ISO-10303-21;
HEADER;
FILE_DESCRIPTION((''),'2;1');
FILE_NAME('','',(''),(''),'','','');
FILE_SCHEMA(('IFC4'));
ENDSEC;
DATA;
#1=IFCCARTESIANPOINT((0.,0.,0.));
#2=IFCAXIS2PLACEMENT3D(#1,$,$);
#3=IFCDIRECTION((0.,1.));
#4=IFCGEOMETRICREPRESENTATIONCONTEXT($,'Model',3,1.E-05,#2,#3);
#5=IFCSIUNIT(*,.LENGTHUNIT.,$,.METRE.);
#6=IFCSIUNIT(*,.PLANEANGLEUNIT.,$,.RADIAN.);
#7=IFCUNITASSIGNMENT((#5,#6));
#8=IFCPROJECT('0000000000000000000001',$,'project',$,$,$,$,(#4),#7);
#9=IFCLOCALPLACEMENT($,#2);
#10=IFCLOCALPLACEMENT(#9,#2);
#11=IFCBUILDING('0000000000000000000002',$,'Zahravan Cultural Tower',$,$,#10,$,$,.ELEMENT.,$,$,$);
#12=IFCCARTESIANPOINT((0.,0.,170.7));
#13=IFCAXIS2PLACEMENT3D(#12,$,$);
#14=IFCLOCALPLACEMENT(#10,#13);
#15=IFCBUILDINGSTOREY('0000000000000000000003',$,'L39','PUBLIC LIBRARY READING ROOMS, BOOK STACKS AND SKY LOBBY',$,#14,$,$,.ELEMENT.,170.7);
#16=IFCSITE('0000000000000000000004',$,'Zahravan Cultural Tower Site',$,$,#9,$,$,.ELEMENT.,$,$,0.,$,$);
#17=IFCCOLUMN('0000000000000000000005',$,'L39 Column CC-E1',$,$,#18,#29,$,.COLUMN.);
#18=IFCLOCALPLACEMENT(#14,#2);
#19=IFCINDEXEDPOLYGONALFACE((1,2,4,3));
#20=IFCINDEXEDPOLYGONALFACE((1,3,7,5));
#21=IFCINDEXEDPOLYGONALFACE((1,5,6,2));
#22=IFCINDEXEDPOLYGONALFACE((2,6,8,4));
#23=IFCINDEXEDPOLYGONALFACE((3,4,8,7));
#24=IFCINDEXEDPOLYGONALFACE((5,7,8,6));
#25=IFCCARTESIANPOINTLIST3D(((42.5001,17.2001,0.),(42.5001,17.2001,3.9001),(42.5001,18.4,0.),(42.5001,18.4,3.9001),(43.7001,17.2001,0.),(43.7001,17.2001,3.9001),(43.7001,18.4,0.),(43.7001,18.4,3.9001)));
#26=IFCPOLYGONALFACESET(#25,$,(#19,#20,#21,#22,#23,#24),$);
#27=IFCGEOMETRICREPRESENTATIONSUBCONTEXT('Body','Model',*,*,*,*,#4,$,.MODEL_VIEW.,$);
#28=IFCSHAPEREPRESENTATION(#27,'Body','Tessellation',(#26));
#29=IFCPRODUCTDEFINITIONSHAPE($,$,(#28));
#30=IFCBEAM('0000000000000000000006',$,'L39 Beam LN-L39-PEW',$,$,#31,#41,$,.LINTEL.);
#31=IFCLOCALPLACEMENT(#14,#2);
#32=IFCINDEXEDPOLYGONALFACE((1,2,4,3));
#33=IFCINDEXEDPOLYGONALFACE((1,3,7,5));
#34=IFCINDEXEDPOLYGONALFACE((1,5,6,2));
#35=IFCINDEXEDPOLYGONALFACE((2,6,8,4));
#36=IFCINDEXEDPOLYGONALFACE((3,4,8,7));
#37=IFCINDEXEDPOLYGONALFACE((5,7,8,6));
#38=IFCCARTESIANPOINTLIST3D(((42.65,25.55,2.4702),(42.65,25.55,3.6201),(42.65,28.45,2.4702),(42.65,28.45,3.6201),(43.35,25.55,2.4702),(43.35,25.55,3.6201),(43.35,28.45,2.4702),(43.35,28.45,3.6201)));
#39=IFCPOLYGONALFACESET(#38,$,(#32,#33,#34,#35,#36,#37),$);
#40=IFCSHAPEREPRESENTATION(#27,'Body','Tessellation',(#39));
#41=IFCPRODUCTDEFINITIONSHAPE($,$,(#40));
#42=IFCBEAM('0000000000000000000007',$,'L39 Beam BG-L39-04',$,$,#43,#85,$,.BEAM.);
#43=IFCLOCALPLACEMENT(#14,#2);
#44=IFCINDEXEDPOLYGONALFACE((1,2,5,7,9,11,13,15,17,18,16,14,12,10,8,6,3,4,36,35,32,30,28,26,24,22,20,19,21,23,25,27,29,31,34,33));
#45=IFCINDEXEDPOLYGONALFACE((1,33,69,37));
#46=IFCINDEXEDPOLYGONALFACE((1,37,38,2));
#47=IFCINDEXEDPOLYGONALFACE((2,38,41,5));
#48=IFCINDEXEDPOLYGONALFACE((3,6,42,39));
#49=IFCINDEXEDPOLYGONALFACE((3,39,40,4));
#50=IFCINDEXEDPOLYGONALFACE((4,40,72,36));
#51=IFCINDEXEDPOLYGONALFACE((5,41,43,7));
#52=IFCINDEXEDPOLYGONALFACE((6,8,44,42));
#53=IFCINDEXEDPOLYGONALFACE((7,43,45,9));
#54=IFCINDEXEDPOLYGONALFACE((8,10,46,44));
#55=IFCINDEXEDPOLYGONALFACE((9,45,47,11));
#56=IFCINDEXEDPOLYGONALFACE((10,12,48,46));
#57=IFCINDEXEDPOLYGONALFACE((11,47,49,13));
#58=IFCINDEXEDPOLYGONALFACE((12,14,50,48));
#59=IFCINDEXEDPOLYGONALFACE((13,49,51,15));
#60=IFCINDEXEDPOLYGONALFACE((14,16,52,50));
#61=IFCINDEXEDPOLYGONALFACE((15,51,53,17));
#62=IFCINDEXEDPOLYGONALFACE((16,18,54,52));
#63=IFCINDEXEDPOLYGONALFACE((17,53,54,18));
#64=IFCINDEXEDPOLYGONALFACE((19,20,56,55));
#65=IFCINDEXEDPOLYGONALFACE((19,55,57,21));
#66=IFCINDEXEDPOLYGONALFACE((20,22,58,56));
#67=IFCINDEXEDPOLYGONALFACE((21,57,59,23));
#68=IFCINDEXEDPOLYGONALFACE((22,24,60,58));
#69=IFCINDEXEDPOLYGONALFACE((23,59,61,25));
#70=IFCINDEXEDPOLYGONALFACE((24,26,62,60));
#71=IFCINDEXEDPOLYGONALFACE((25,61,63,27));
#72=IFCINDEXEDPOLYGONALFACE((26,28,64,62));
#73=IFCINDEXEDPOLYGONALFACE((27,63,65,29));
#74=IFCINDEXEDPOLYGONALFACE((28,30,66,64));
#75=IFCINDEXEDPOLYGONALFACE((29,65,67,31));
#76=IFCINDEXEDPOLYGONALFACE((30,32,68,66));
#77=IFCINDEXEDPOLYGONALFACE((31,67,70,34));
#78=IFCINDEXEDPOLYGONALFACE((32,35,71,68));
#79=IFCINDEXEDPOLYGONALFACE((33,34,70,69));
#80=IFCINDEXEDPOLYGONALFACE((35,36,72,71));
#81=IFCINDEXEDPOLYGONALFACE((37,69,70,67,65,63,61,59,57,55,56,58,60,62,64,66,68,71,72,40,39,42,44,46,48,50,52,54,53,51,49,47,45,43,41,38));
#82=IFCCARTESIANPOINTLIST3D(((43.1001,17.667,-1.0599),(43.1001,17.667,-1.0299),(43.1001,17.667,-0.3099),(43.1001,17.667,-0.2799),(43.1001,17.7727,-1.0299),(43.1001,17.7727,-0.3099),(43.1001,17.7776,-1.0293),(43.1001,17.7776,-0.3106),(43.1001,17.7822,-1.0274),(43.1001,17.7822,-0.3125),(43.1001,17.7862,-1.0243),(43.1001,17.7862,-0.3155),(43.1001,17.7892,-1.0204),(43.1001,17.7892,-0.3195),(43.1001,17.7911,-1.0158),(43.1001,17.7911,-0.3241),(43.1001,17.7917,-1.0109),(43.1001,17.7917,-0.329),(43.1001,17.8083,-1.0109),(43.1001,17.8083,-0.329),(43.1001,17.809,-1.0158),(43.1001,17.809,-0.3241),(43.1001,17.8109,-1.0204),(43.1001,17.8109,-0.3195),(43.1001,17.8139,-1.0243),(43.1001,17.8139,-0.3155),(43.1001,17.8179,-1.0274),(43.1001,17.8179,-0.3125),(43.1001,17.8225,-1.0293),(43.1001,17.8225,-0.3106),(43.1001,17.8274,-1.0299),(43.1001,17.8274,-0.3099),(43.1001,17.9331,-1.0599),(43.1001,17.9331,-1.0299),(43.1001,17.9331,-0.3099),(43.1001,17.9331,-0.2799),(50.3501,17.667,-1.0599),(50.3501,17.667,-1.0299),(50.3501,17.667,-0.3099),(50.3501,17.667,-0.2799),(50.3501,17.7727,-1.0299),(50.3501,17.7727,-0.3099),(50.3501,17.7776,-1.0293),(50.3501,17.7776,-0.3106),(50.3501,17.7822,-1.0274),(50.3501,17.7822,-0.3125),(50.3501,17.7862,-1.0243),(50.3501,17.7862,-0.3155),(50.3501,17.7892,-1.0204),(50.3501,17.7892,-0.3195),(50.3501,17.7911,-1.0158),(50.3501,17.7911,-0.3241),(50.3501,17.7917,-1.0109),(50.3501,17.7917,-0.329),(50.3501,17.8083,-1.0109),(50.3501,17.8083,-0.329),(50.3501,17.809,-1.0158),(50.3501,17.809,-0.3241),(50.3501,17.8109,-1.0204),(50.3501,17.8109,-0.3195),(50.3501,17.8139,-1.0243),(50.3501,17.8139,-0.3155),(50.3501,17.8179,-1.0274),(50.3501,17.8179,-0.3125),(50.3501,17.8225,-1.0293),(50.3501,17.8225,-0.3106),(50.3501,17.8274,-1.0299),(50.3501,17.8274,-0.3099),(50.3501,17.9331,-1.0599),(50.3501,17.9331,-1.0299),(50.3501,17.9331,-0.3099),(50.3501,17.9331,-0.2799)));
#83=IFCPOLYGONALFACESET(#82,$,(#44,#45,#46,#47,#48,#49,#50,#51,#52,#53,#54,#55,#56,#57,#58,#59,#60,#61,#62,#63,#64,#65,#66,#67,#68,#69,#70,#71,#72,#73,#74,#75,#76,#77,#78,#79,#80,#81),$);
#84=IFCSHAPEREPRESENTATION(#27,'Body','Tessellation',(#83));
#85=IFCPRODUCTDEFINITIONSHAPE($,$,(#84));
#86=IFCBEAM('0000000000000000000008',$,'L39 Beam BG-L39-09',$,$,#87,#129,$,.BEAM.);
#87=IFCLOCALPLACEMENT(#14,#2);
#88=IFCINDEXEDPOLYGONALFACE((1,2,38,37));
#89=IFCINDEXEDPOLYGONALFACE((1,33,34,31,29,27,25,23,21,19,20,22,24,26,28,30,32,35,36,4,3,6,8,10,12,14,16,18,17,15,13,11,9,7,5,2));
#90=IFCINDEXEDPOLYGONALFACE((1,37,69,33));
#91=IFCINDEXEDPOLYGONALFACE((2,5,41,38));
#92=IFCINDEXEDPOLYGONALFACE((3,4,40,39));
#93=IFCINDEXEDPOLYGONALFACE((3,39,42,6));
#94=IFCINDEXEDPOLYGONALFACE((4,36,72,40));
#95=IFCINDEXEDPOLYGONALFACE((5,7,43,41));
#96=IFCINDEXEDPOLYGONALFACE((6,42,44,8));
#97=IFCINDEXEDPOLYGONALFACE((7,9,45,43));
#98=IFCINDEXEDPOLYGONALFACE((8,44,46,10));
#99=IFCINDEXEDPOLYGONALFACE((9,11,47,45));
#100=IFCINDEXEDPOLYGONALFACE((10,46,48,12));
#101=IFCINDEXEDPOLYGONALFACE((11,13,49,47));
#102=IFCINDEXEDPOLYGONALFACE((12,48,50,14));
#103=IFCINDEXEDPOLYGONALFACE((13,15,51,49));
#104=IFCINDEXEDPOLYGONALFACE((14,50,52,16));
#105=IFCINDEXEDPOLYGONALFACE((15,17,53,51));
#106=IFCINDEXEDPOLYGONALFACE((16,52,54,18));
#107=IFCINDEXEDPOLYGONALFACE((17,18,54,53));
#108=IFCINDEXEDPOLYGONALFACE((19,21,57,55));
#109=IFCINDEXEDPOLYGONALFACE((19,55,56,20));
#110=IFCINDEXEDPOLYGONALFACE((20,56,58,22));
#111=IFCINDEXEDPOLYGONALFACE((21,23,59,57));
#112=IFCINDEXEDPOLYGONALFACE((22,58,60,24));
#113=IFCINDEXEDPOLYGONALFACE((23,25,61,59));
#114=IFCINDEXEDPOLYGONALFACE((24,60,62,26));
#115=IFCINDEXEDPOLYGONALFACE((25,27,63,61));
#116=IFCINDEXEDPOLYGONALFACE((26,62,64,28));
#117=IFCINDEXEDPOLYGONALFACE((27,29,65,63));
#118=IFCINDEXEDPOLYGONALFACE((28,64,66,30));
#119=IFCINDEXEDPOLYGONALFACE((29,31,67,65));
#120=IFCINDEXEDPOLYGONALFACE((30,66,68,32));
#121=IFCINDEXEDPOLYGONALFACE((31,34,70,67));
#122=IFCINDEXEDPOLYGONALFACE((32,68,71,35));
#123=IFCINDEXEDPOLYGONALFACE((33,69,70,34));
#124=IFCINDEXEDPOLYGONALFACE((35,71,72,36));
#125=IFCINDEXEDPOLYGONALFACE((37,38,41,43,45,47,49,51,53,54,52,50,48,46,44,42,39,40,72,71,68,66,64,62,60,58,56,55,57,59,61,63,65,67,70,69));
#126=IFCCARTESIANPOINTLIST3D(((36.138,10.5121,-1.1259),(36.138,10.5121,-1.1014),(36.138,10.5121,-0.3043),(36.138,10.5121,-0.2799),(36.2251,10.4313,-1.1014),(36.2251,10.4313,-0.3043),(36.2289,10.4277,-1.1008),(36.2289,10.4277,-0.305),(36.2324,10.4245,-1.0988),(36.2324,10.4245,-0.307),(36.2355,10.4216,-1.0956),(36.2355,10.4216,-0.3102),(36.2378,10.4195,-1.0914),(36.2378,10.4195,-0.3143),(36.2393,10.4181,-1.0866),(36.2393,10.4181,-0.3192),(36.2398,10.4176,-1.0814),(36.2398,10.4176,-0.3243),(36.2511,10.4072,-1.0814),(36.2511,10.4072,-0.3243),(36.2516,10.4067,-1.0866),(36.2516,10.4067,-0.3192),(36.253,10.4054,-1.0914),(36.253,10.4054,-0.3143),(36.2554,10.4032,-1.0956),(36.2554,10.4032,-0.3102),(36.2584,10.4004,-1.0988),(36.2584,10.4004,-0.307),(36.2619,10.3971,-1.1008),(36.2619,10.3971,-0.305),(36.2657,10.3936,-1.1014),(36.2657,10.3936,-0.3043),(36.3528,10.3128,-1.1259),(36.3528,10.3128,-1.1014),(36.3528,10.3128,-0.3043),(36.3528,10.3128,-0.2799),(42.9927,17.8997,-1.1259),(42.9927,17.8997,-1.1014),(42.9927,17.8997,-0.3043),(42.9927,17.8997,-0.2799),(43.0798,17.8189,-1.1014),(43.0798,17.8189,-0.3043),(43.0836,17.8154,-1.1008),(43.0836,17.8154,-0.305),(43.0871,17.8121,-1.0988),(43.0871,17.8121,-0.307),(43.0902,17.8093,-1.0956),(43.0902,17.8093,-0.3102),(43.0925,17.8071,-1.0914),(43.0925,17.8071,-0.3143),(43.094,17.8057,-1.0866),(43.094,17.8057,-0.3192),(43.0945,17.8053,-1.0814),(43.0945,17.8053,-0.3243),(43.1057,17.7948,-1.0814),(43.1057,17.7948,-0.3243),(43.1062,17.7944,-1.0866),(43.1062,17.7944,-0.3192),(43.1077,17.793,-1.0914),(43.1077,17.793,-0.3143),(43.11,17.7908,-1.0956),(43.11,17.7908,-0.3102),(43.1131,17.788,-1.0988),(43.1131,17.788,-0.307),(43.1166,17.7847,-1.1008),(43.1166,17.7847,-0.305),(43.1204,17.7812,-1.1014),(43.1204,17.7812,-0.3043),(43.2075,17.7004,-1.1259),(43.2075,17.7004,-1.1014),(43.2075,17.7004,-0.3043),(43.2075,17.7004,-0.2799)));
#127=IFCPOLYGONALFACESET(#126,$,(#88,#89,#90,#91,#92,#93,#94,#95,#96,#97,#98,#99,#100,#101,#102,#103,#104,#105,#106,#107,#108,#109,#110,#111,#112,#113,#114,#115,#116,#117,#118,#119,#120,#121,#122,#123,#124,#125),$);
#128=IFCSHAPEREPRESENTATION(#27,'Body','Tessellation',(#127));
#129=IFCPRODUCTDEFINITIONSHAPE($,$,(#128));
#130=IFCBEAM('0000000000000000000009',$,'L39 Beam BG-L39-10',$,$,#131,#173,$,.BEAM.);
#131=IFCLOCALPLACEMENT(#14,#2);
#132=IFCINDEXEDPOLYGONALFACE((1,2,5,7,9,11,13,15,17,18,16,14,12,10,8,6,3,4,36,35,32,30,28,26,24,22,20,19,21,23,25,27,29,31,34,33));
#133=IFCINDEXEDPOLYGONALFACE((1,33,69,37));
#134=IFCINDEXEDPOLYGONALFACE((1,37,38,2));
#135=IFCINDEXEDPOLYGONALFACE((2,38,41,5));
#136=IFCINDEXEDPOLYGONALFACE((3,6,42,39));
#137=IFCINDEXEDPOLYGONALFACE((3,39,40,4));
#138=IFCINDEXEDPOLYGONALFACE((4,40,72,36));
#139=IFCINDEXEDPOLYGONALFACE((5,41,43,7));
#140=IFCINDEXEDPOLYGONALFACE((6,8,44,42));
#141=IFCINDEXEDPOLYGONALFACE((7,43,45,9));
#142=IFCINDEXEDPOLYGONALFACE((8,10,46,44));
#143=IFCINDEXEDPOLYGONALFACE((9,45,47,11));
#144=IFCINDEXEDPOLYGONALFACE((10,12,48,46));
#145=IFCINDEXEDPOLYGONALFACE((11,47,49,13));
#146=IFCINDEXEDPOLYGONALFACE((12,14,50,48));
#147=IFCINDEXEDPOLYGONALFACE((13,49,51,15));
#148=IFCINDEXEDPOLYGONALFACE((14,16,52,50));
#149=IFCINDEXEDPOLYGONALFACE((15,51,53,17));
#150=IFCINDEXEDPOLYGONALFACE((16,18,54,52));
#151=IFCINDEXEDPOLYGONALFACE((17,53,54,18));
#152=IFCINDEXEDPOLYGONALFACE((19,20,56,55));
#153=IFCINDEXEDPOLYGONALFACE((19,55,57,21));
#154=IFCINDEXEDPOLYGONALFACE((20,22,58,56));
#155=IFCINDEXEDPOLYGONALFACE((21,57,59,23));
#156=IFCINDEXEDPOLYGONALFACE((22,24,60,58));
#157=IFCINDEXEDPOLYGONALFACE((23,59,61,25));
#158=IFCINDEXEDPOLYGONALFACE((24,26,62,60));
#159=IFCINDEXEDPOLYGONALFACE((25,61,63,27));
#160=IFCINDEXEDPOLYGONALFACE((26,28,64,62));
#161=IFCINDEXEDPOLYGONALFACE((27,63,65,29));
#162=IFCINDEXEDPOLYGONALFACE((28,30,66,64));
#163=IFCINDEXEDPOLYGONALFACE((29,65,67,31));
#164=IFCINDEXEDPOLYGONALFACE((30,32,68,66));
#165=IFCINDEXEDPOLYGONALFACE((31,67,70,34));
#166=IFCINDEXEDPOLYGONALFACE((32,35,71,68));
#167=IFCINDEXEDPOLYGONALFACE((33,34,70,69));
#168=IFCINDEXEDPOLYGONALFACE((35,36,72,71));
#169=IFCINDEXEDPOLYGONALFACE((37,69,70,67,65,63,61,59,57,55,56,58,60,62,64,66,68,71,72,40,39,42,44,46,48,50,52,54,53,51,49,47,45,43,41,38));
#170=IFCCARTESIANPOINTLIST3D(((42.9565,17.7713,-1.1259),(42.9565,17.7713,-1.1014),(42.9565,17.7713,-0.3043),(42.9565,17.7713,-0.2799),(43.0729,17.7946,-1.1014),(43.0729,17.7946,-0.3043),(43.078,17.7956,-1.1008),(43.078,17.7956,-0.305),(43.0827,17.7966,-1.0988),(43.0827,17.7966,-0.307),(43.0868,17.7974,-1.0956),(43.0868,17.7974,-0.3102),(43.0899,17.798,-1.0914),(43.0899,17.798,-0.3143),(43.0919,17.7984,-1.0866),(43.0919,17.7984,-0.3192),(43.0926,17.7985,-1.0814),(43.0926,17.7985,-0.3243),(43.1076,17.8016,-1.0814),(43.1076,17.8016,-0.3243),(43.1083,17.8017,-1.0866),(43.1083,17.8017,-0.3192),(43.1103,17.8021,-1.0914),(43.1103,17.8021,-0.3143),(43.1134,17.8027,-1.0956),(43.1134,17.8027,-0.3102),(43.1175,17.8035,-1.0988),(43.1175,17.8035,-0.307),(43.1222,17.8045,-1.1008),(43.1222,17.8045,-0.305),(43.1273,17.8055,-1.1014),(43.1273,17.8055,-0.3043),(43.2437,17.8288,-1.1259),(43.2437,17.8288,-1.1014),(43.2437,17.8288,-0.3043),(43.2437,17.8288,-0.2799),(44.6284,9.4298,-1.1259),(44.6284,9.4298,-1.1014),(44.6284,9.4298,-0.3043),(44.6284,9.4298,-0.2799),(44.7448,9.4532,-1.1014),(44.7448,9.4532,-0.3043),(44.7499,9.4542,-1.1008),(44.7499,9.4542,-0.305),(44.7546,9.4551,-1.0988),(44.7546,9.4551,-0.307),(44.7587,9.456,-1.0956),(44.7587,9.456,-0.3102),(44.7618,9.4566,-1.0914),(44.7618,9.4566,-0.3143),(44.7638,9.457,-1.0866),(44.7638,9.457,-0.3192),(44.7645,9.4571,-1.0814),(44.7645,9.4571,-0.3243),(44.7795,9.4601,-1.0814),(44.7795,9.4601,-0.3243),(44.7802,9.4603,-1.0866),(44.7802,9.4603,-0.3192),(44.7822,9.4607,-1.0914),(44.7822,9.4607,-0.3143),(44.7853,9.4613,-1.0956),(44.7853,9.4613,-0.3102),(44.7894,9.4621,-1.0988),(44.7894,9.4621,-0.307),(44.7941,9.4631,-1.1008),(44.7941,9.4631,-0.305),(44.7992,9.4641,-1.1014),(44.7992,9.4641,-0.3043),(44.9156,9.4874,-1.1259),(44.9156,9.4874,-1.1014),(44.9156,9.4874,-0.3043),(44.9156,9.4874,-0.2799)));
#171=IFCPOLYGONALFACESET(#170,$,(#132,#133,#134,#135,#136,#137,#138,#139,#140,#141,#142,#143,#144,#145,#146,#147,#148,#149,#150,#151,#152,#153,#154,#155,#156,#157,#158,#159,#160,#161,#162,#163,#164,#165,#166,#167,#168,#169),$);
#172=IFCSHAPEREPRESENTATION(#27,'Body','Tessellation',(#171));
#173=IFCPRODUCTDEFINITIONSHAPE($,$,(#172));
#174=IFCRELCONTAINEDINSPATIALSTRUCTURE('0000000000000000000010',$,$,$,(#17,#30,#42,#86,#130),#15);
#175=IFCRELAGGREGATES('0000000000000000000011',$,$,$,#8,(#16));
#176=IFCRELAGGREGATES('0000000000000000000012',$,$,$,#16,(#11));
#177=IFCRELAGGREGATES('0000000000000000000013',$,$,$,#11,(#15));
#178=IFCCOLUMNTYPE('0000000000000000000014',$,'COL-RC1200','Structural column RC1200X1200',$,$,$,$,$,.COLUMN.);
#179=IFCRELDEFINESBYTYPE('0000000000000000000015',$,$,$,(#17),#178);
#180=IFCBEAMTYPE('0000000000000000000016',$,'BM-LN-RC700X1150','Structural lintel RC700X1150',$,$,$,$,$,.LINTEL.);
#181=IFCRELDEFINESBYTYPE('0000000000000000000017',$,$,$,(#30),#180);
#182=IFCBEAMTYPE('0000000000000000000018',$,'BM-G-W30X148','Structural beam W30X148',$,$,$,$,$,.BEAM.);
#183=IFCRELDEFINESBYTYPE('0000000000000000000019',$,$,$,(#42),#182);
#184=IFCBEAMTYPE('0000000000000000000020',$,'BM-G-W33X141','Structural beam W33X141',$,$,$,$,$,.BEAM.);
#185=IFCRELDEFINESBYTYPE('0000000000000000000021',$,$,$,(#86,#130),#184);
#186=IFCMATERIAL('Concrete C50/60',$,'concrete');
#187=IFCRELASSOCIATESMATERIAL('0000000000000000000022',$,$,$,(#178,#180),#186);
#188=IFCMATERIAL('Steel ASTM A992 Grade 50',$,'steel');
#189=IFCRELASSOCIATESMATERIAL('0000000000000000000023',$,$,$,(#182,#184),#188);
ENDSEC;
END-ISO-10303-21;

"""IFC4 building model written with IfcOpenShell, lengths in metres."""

from ifc_helpers import new_model, si_unit, direction, frame, origin, origin_2d, place, context, subcontext, project, spatial, rectangle, i_section, extrude, source, transform, mapped, material, material_profile, profile_set, type_object, element, save


model = new_model("IFC4")

# Units and contexts
model_context = context("Model", 3, precision=1e-05, world=origin(), true_north=direction((0.0, 1.0)))
body_context = subcontext(model_context, "Body", "Model", "MODEL_VIEW")
ifc_project = project(units=[si_unit("LENGTHUNIT", "METRE"), si_unit("PLANEANGLEUNIT", "RADIAN")], contexts=[model_context])

# Site, building, storey
site_placement = place(None, origin())
site = spatial("IfcSite", under=ifc_project, at=site_placement, Name="Zahravan Cultural Tower Site", CompositionType="ELEMENT", RefElevation=0.0)
building_placement = place(site_placement, origin())
building = spatial("IfcBuilding", under=site, at=building_placement, Name="Zahravan Cultural Tower", CompositionType="ELEMENT")
storey_placement = place(building_placement, frame((0.0, 0.0, 170.7)))
storey = spatial("IfcBuildingStorey", under=building, at=storey_placement, Name="L39", Description="PUBLIC LIBRARY READING ROOMS, BOOK STACKS AND SKY LOBBY", CompositionType="ELEMENT", Elevation=170.7)

# Column
ifc_material_1 = material(Name="Concrete C50/60", Category="concrete")
ifc_material_profile_1 = material_profile(ifc_material_1, rectangle(XDim=1.2, YDim=1.2, at=origin_2d()), Name="RC1200X1200")
ifc_profile_set_1 = profile_set([ifc_material_profile_1], Name="Concrete C50/60")
column_type = type_object("IfcColumnType", Name="COL-RC1200", Description="Structural column RC1200X1200", PredefinedType="COLUMN", material=ifc_profile_set_1)
shared_shape_1 = source(origin(), body_context, "Body", "SweptSolid", [
    extrude(rectangle(XDim=1.2, YDim=1.2, at=origin_2d()), origin(), (0.0, 0.0, 1.0), 3.9001),
])
column_placement = place(storey_placement, frame((43.1001, 17.8, 0.0), z_axis=(0.0, 0.0, 1.0), x_axis=(1.0, 0.0, 0.0)))
element("IfcColumn", 1, at=column_placement, inside=storey, type_object=column_type, Name="L39 Column CC-E1", PredefinedType="COLUMN", context=body_context, shape_type="MappedRepresentation", body=[
    mapped(shared_shape_1, transform((0.0, 0.0, 0.0), x_axis=(1.0, 0.0, 0.0), y_axis=(0.0, 1.0, 0.0), z_axis=(0.0, 0.0, 1.0), scale=1.0)),
])

# Beams
ifc_material_profile_2 = material_profile(ifc_material_1, rectangle(XDim=0.7, YDim=1.1499, at=origin_2d()), Name="RC700X1150")
ifc_profile_set_2 = profile_set([ifc_material_profile_2], Name="Concrete C50/60")
beam_type_1 = type_object("IfcBeamType", Name="BM-LN-RC700X1150", Description="Structural lintel RC700X1150", PredefinedType="LINTEL", material=ifc_profile_set_2)
shared_shape_2 = source(origin(), body_context, "Body", "SweptSolid", [
    extrude(rectangle(XDim=0.7, YDim=1.1499, at=origin_2d()), origin(), (0.0, 0.0, 1.0), 2.8999),
])
beam_1_placement = place(storey_placement, frame((43.0, 25.55, 3.0452), z_axis=(0.0, 1.0, 0.0), x_axis=(-1.0, 0.0, 0.0)))
element("IfcBeam", 2, at=beam_1_placement, inside=storey, type_object=beam_type_1, Name="L39 Beam LN-L39-PEW", PredefinedType="LINTEL", context=body_context, shape_type="MappedRepresentation", body=[
    mapped(shared_shape_2, transform((0.0, 0.0, 0.0), x_axis=(1.0, 0.0, 0.0), y_axis=(0.0, 1.0, 0.0), z_axis=(0.0, 0.0, 1.0), scale=1.0)),
])
ifc_material_2 = material(Name="Steel ASTM A992 Grade 50", Category="steel")
ifc_material_profile_3 = material_profile(ifc_material_2, i_section(OverallWidth=0.2661, OverallDepth=0.78, WebThickness=0.0166, FlangeThickness=0.03, FilletRadius=0.019, at=origin_2d()), Name="W30X148")
ifc_profile_set_3 = profile_set([ifc_material_profile_3], Name="Steel ASTM A992 Grade 50")
beam_type_2 = type_object("IfcBeamType", Name="BM-G-W30X148", Description="Structural beam W30X148", PredefinedType="BEAM", material=ifc_profile_set_3)
shared_shape_3 = source(origin(), body_context, "Body", "SweptSolid", [
    extrude(i_section(OverallWidth=0.2661, OverallDepth=0.78, WebThickness=0.0166, FlangeThickness=0.03, FilletRadius=0.019, at=origin_2d()), origin(), (0.0, 0.0, 1.0), 7.25),
])
beam_2_placement = place(storey_placement, frame((43.1001, 17.8, -0.6699), z_axis=(1.0, 0.0, 0.0), x_axis=(0.0, 1.0, 0.0)))
element("IfcBeam", 3, at=beam_2_placement, inside=storey, type_object=beam_type_2, Name="L39 Beam BG-L39-04", PredefinedType="BEAM", context=body_context, shape_type="MappedRepresentation", body=[
    mapped(shared_shape_3, transform((0.0, 0.0, 0.0), x_axis=(1.0, 0.0, 0.0), y_axis=(0.0, 1.0, 0.0), z_axis=(0.0, 0.0, 1.0), scale=1.0)),
])
ifc_material_profile_4 = material_profile(ifc_material_2, i_section(OverallWidth=0.293, OverallDepth=0.8459, WebThickness=0.0154, FlangeThickness=0.0244, FilletRadius=0.02, at=origin_2d()), Name="W33X141")
ifc_profile_set_4 = profile_set([ifc_material_profile_4], Name="Steel ASTM A992 Grade 50")
beam_type_3 = type_object("IfcBeamType", Name="BM-G-W33X141", Description="Structural beam W33X141", PredefinedType="BEAM", material=ifc_profile_set_4)
shared_shape_4 = source(origin(), body_context, "Body", "SweptSolid", [
    extrude(i_section(OverallWidth=0.293, OverallDepth=0.8459, WebThickness=0.0154, FlangeThickness=0.0244, FilletRadius=0.02, at=origin_2d()), origin(), (0.0, 0.0, 1.0), 10.0779),
])
beam_3_placement = place(storey_placement, frame((43.1001, 17.8, -0.7029), z_axis=(-0.68017, -0.733054, 0.0), x_axis=(0.733054, -0.68017, 0.0)))
element("IfcBeam", 4, at=beam_3_placement, inside=storey, type_object=beam_type_3, Name="L39 Beam BG-L39-09", PredefinedType="BEAM", context=body_context, shape_type="MappedRepresentation", body=[
    mapped(shared_shape_4, transform((0.0, 0.0, 0.0), x_axis=(1.0, 0.0, 0.0), y_axis=(0.0, 1.0, 0.0), z_axis=(0.0, 0.0, 1.0), scale=1.0)),
])
shared_shape_5 = source(origin(), body_context, "Body", "SweptSolid", [
    extrude(i_section(OverallWidth=0.293, OverallDepth=0.8459, WebThickness=0.0154, FlangeThickness=0.0244, FilletRadius=0.02, at=origin_2d()), origin(), (0.0, 0.0, 1.0), 8.5073),
])
beam_4_placement = place(storey_placement, frame((43.1001, 17.8, -0.7029), z_axis=(0.196525, -0.980499, 0.0), x_axis=(0.980499, 0.196525, 0.0)))
element("IfcBeam", 5, at=beam_4_placement, inside=storey, type_object=beam_type_3, Name="L39 Beam BG-L39-10", PredefinedType="BEAM", context=body_context, shape_type="MappedRepresentation", body=[
    mapped(shared_shape_5, transform((0.0, 0.0, 0.0), x_axis=(1.0, 0.0, 0.0), y_axis=(0.0, 1.0, 0.0), z_axis=(0.0, 0.0, 1.0), scale=1.0)),
])

save(model, "model.ifc")
